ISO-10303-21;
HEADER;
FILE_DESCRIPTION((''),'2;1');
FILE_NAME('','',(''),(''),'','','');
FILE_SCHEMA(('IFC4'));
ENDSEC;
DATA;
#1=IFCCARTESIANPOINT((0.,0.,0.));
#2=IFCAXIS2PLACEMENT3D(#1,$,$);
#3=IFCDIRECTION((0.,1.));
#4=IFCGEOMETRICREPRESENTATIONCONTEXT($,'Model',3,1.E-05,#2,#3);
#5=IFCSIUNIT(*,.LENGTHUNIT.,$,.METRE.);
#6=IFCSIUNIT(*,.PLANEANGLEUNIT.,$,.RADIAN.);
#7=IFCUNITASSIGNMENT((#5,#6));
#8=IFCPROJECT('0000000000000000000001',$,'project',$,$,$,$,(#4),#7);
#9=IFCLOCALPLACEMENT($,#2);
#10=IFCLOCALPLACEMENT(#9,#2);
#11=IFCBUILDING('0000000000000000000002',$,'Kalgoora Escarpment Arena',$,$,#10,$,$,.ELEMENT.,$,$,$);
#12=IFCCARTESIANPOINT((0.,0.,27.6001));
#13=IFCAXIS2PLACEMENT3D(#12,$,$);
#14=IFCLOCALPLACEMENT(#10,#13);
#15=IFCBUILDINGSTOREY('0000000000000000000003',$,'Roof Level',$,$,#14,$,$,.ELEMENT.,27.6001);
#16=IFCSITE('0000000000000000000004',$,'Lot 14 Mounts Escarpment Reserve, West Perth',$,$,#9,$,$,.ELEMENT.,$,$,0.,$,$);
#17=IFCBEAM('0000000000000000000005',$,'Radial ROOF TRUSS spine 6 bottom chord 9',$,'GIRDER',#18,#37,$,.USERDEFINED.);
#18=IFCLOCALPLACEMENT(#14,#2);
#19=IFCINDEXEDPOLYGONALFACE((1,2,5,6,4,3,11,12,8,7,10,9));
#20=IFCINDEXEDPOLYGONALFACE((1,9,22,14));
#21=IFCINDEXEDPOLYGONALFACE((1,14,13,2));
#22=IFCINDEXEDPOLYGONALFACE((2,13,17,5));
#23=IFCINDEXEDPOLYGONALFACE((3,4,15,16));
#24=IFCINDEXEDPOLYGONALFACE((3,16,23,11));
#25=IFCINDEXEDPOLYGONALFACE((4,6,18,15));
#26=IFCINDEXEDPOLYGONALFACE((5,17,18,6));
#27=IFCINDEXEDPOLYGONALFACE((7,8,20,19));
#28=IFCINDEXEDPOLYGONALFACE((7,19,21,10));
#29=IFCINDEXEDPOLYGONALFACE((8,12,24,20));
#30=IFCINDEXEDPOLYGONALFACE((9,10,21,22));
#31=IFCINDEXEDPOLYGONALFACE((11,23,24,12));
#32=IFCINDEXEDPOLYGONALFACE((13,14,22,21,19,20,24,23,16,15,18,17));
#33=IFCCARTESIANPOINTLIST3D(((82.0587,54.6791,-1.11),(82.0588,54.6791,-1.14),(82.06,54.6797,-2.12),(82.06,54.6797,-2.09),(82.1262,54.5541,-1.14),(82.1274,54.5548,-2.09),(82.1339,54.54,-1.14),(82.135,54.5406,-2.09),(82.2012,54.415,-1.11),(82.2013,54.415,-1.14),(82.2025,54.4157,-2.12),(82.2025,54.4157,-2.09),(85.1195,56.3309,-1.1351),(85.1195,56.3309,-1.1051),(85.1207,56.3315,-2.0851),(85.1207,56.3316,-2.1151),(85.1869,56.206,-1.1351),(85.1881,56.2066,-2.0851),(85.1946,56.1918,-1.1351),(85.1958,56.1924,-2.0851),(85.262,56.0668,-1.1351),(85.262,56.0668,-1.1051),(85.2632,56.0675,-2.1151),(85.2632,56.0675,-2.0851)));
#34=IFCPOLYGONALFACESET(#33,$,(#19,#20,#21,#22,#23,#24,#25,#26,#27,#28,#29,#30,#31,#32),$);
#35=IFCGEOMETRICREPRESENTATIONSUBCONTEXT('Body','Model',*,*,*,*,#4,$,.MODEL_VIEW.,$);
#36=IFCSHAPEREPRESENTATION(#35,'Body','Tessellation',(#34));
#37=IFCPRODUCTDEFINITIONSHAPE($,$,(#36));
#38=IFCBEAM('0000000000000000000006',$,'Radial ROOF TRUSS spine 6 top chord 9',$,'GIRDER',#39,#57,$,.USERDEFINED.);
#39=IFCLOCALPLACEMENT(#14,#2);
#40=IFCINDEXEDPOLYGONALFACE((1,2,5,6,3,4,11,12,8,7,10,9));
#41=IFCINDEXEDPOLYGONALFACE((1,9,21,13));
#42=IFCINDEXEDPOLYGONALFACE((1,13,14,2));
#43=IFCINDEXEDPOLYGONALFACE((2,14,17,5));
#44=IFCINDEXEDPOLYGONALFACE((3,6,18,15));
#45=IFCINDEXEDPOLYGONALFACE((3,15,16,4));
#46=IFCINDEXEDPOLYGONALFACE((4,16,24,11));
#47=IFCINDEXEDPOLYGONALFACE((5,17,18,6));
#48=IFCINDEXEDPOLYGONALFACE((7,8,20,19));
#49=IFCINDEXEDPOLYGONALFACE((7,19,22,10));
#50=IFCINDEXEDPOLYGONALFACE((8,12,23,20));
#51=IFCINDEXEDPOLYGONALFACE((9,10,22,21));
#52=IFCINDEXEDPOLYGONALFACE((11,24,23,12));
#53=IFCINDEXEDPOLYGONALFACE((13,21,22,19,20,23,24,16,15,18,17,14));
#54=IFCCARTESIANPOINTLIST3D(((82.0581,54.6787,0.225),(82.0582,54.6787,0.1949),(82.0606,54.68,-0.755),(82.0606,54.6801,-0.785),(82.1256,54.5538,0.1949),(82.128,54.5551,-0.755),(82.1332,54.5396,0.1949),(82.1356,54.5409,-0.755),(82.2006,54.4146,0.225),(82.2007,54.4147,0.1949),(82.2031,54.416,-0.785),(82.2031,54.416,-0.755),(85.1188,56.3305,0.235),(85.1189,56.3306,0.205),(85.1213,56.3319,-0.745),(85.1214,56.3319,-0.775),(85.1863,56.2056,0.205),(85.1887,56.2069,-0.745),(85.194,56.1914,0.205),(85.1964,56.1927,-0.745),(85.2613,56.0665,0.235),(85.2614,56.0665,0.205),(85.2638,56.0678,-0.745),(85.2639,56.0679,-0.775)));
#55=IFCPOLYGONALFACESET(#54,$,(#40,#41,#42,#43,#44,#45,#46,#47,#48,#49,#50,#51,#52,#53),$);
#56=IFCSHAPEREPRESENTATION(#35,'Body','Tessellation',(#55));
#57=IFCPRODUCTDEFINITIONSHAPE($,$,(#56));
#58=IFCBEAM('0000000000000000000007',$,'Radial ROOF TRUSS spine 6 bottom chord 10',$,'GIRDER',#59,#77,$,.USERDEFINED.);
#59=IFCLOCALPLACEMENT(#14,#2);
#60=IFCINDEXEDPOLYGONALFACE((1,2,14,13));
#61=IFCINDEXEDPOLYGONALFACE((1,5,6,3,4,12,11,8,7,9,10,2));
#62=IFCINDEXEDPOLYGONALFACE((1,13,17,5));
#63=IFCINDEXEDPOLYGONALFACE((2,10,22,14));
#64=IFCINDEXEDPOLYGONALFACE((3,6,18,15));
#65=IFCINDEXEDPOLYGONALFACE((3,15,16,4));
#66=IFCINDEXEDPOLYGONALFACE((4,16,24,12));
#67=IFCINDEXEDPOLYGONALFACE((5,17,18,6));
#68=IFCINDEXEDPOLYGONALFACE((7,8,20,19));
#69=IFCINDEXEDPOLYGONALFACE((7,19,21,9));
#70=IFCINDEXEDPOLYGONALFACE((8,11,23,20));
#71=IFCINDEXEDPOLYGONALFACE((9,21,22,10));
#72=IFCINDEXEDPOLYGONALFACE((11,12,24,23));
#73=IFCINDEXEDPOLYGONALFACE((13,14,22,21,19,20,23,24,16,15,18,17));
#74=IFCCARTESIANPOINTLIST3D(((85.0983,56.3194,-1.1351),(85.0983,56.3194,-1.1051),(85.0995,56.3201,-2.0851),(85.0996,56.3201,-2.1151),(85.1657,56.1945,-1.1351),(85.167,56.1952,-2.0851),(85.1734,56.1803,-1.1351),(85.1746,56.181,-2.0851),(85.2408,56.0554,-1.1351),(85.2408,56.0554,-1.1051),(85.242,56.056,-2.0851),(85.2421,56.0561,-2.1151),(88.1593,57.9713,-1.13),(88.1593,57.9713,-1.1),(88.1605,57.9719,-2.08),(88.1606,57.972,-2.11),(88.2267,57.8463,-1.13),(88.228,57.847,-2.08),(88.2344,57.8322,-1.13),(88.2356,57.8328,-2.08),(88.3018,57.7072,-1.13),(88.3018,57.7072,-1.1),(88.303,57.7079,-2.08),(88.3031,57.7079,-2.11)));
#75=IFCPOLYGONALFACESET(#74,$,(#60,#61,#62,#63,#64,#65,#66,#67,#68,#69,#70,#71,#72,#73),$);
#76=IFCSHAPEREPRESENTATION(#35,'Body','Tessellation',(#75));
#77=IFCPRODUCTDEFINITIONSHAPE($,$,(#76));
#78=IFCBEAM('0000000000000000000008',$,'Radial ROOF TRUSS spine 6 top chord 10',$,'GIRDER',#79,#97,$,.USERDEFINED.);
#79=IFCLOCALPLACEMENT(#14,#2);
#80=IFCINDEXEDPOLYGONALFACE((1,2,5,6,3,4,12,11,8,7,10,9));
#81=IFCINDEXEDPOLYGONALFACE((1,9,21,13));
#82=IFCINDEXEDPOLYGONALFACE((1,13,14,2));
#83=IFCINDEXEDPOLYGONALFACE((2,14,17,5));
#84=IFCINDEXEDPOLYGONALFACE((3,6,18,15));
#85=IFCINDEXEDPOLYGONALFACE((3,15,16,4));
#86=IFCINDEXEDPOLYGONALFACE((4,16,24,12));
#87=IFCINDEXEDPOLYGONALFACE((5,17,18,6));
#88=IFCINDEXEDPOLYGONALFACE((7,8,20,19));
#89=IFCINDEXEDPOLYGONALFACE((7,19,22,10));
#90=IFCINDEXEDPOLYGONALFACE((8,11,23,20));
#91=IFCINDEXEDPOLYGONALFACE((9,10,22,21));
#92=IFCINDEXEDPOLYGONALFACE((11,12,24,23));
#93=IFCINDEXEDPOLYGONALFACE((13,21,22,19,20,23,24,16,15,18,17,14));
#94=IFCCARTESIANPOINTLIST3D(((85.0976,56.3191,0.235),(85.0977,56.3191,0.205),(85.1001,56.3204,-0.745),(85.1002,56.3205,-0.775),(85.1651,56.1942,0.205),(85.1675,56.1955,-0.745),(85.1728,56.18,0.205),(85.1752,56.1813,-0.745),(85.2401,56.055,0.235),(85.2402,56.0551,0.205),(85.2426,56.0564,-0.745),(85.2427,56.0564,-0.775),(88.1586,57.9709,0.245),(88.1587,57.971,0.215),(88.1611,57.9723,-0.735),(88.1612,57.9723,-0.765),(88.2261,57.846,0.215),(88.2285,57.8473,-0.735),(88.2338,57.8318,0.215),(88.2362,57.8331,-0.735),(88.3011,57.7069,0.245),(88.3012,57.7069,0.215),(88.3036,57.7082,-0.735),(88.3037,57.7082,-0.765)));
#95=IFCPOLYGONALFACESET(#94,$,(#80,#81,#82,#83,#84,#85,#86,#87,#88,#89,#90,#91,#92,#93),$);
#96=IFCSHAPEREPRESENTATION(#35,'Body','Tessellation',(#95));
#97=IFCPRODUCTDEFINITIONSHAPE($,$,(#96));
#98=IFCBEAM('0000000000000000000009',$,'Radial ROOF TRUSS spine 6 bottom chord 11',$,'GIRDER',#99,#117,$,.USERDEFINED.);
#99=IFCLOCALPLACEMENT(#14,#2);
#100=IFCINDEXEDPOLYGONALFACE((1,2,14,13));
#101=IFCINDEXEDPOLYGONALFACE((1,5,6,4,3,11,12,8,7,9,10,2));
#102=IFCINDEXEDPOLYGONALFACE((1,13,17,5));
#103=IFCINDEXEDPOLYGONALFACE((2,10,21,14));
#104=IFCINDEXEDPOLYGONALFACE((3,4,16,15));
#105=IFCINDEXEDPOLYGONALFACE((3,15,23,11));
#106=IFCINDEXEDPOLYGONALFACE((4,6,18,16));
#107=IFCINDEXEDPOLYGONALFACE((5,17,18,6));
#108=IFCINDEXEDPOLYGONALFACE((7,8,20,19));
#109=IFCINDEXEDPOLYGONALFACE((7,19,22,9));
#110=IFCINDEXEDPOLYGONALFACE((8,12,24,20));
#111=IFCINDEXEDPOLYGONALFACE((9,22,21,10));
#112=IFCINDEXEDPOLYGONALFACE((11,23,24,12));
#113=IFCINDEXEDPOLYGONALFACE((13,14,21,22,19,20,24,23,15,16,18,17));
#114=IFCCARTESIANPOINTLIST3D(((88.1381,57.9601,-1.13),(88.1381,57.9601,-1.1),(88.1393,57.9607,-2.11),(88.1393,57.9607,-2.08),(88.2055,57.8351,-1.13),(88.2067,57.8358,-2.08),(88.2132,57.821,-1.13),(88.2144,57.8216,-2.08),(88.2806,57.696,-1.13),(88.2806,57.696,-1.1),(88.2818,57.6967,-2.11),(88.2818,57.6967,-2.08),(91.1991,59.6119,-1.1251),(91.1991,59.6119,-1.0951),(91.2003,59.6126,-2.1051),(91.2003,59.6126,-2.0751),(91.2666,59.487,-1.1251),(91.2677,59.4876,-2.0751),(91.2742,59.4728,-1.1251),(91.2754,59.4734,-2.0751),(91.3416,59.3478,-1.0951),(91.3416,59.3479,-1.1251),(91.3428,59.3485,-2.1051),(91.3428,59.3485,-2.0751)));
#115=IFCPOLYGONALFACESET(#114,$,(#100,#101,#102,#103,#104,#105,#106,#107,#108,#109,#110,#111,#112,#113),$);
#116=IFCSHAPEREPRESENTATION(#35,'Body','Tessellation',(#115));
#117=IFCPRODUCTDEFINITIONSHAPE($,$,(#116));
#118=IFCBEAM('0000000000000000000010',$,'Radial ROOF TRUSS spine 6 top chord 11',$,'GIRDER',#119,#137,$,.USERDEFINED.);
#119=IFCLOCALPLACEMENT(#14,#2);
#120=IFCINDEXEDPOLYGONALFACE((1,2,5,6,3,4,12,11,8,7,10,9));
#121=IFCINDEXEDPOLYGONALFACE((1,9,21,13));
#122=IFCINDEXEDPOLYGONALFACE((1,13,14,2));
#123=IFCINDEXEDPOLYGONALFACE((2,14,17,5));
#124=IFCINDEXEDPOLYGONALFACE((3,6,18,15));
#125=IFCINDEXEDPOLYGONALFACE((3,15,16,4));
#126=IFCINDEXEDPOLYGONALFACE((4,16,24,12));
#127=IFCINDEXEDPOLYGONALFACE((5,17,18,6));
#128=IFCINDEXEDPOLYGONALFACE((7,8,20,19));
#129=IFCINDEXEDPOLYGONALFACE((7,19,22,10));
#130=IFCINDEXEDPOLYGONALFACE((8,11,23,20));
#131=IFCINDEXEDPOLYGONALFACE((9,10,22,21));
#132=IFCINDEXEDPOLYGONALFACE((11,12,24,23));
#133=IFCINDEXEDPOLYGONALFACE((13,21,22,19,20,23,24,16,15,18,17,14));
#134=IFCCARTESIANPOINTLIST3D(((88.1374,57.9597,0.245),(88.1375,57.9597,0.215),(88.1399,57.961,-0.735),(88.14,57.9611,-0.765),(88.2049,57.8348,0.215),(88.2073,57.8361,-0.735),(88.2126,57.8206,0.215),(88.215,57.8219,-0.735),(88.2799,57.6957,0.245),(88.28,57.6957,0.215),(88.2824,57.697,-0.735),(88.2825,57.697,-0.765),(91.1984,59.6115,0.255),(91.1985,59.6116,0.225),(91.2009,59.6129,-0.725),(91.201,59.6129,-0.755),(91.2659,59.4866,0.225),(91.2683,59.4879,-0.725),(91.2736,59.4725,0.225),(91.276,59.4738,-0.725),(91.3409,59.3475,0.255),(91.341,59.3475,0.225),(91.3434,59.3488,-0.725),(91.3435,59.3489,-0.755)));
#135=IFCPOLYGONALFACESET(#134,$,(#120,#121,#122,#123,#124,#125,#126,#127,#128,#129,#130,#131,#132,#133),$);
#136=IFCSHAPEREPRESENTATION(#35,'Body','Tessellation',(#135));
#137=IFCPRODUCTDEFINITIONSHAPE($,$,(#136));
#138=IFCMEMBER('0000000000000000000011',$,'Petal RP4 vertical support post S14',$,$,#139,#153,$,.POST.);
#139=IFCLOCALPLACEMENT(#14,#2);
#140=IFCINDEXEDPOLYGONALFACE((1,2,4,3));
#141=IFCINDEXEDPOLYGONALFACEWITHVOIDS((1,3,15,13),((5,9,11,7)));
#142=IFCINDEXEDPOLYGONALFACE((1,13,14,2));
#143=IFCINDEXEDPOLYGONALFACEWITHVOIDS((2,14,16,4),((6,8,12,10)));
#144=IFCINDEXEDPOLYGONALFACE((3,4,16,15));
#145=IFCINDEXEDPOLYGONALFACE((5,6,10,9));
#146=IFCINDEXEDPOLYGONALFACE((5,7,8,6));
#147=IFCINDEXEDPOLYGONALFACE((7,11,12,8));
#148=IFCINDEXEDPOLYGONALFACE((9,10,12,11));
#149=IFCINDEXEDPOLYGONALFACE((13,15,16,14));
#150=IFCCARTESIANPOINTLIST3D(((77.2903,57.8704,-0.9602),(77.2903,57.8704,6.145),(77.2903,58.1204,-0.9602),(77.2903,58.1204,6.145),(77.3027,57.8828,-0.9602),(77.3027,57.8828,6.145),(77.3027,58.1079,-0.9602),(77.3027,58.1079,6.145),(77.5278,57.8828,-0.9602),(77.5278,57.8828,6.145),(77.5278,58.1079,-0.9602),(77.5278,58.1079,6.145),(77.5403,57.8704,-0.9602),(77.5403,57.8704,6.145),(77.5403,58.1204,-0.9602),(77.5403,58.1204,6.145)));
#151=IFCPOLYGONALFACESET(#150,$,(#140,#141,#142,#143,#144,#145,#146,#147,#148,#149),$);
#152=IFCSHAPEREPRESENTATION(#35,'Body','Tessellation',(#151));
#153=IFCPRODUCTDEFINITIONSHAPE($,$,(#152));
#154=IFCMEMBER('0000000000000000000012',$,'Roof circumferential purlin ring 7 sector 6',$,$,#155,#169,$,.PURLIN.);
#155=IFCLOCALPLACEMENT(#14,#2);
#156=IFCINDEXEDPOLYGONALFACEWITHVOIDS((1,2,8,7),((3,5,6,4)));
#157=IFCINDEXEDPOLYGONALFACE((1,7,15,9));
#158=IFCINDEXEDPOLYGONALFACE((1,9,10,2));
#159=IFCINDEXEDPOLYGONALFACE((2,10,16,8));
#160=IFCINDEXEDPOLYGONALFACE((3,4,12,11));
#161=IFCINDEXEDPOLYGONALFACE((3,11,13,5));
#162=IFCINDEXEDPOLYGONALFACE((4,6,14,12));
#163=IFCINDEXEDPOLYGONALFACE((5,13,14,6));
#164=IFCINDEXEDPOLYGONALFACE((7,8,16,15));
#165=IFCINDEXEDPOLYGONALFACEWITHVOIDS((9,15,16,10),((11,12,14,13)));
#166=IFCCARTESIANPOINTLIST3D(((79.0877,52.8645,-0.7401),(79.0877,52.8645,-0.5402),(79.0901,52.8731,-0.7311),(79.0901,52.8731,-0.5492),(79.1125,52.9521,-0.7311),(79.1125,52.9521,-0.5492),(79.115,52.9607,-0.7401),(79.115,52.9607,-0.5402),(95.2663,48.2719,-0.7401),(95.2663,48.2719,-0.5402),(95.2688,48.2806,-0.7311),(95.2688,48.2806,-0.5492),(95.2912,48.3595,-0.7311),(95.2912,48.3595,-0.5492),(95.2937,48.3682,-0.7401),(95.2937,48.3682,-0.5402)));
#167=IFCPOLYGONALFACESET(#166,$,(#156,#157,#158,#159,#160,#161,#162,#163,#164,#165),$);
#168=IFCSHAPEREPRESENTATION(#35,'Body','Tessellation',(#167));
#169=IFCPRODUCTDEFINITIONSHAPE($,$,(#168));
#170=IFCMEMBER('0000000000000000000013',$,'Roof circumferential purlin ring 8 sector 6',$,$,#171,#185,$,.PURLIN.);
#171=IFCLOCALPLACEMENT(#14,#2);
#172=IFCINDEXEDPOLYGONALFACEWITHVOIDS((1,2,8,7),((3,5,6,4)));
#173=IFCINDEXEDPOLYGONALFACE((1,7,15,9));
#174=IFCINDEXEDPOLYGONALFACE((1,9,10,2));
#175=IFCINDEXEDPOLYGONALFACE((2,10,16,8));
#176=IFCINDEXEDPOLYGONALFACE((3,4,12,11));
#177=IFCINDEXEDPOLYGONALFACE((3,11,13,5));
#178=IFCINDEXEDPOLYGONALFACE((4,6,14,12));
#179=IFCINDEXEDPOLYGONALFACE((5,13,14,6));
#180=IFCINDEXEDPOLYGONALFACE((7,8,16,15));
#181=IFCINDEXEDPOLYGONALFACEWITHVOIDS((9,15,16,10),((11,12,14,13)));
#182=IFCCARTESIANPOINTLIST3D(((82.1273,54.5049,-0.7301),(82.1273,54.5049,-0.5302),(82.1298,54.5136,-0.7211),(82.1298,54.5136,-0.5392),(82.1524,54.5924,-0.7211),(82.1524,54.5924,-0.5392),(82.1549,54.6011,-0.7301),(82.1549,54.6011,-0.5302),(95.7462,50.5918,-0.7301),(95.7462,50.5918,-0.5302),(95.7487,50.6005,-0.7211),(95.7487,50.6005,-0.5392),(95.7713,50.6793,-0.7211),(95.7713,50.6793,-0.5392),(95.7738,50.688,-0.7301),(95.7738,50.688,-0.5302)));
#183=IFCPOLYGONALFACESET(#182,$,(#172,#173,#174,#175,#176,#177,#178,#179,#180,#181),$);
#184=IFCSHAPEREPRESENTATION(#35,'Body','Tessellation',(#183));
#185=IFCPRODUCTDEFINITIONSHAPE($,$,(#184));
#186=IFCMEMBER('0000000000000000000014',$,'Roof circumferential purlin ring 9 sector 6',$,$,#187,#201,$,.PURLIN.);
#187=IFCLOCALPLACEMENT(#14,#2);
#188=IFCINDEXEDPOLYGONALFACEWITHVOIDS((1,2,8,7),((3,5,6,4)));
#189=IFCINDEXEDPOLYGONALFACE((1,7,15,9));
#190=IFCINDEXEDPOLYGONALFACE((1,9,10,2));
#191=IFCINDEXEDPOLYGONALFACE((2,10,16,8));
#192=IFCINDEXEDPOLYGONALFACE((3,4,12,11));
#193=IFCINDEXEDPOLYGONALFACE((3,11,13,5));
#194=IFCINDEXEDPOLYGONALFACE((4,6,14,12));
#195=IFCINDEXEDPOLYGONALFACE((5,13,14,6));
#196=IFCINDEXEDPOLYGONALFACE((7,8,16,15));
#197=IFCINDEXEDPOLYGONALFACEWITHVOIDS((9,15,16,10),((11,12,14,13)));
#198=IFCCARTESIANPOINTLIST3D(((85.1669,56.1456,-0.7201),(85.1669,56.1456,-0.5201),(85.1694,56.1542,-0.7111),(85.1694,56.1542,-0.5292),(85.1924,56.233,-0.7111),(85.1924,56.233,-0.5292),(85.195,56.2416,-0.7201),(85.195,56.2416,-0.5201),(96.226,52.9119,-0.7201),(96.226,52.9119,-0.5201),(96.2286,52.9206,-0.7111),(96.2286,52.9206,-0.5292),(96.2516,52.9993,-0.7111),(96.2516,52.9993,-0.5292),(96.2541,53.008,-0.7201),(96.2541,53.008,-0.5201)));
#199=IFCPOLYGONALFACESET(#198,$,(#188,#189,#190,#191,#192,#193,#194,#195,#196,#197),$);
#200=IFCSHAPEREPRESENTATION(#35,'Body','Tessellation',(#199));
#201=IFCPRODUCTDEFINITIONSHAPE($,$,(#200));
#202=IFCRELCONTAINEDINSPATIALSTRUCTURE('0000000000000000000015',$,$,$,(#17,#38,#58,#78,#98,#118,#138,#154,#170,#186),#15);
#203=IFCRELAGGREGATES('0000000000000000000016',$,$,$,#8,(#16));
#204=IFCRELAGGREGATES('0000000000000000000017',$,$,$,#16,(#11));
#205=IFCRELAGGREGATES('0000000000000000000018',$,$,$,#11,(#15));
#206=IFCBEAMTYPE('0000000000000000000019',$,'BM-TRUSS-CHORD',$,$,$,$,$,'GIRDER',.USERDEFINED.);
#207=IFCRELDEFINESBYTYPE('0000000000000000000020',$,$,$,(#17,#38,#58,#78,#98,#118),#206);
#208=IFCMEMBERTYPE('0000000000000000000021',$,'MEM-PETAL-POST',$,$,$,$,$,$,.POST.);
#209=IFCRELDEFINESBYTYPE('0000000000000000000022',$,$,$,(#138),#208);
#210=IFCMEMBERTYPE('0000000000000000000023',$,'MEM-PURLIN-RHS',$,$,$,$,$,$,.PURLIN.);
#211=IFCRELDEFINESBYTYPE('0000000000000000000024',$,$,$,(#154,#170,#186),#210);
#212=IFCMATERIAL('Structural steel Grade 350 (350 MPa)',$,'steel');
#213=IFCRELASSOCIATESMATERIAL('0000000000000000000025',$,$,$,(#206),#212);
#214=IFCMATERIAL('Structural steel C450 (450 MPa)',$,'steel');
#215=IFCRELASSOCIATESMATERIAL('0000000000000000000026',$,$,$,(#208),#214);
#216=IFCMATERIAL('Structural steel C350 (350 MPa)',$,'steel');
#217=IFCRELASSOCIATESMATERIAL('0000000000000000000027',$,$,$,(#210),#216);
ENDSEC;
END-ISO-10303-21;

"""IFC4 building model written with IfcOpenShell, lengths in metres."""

from ifc_helpers import new_model, si_unit, direction, frame, origin, origin_2d, place, context, subcontext, project, spatial, hollow_rectangle, i_section, extrude, material, material_profile, profile_set, type_object, element, save


model = new_model("IFC4")

# Units and contexts
model_context = context("Model", 3, precision=1e-05, world=origin(), true_north=direction((0.0, 1.0)))
body_context = subcontext(model_context, "Body", "Model", "MODEL_VIEW")
ifc_project = project(units=[si_unit("LENGTHUNIT", "METRE"), si_unit("PLANEANGLEUNIT", "RADIAN")], contexts=[model_context])

# Site, building, storey
site_placement = place(None, origin())
site = spatial("IfcSite", under=ifc_project, at=site_placement, Name="Lot 14 Mounts Escarpment Reserve, West Perth", CompositionType="ELEMENT", RefElevation=0.0)
building_placement = place(site_placement, origin())
building = spatial("IfcBuilding", under=site, at=building_placement, Name="Kalgoora Escarpment Arena", CompositionType="ELEMENT")
storey_placement = place(building_placement, frame((0.0, 0.0, 27.6001)))
storey = spatial("IfcBuildingStorey", under=building, at=storey_placement, Name="Roof Level", CompositionType="ELEMENT", Elevation=27.6001)

# Beams
ifc_material_1 = material(Name="Structural steel Grade 350 (350 MPa)", Category="steel")
ifc_material_profile_1 = material_profile(ifc_material_1, i_section(OverallWidth=0.3, OverallDepth=1.01, WebThickness=0.0161, FlangeThickness=0.03, at=origin_2d()))
ifc_profile_set_1 = profile_set([ifc_material_profile_1], Name="Structural steel Grade 350 (350 MPa)")
beam_type = type_object("IfcBeamType", Name="BM-TRUSS-CHORD", ElementType="GIRDER", PredefinedType="USERDEFINED", material=ifc_profile_set_1)
for number, where, z_axis, x_axis, name in (
    (1, (82.1306, 54.5474, -1.615), (0.880021, 0.474932, 0.001404), (-0.474933, 0.880022, 0.0), "Radial ROOF TRUSS spine 6 bottom chord 9"),
    (2, (82.1306, 54.5474, -0.28), (0.880019, 0.474931, 0.002878), (-0.474933, 0.880022, 0.0), "Radial ROOF TRUSS spine 6 top chord 9"),
):
    element("IfcBeam", number, at=place(storey_placement, frame(where, z_axis=z_axis, x_axis=x_axis)), inside=storey, type_object=beam_type, Name=name, ObjectType="GIRDER", PredefinedType="USERDEFINED", context=body_context, shape_type="SweptSolid", body=[
        extrude(i_section(OverallWidth=0.3, OverallDepth=1.01, WebThickness=0.0161, FlangeThickness=0.03, at=origin_2d()), origin(), (0.0, 0.0, 1.0), 3.478),
    ])
for number, where, z_axis, x_axis, name in (
    (3, (85.1702, 56.1877, -1.6101), (0.880037, 0.474903, 0.001474), (-0.474903, 0.880038, 0.0), "Radial ROOF TRUSS spine 6 bottom chord 10"),
    (4, (85.1702, 56.1877, -0.27), (0.880034, 0.474901, 0.002878), (-0.474903, 0.880038, 0.0), "Radial ROOF TRUSS spine 6 top chord 10"),
    (5, (88.21, 57.8284, -1.605), (0.880037, 0.474903, 0.001404), (-0.474903, 0.880038, 0.0), "Radial ROOF TRUSS spine 6 bottom chord 11"),
    (6, (88.21, 57.8284, -0.26), (0.880034, 0.474901, 0.002878), (-0.474903, 0.880038, 0.0), "Radial ROOF TRUSS spine 6 top chord 11"),
):
    element("IfcBeam", number, at=place(storey_placement, frame(where, z_axis=z_axis, x_axis=x_axis)), inside=storey, type_object=beam_type, Name=name, ObjectType="GIRDER", PredefinedType="USERDEFINED", context=body_context, shape_type="SweptSolid", body=[
        extrude(i_section(OverallWidth=0.3, OverallDepth=1.01, WebThickness=0.0161, FlangeThickness=0.03, at=origin_2d()), origin(), (0.0, 0.0, 1.0), 3.4783),
    ])

# Members
ifc_material_2 = material(Name="Structural steel C450 (450 MPa)", Category="steel")
ifc_material_profile_2 = material_profile(ifc_material_2, hollow_rectangle(XDim=0.25, YDim=0.25, WallThickness=0.0125, at=origin_2d()))
ifc_profile_set_2 = profile_set([ifc_material_profile_2], Name="Structural steel C450 (450 MPa)")
member_type_1 = type_object("IfcMemberType", Name="MEM-PETAL-POST", PredefinedType="POST", material=ifc_profile_set_2)
member_1_placement = place(storey_placement, frame((77.4153, 57.9954, -0.9602), z_axis=(0.0, 0.0, 1.0), x_axis=(1.0, 0.0, 0.0)))
element("IfcMember", 7, at=member_1_placement, inside=storey, type_object=member_type_1, Name="Petal RP4 vertical support post S14", PredefinedType="POST", context=body_context, shape_type="SweptSolid", body=[
    extrude(hollow_rectangle(XDim=0.25, YDim=0.25, WallThickness=0.0125, at=origin_2d()), origin(), (0.0, 0.0, 1.0), 7.1052),
])
ifc_material_3 = material(Name="Structural steel C350 (350 MPa)", Category="steel")
ifc_material_profile_3 = material_profile(ifc_material_3, hollow_rectangle(XDim=0.1001, YDim=0.2, WallThickness=0.009, at=origin_2d()))
ifc_profile_set_3 = profile_set([ifc_material_profile_3], Name="Structural steel C350 (350 MPa)")
member_type_2 = type_object("IfcMemberType", Name="MEM-PURLIN-RHS", PredefinedType="PURLIN", material=ifc_profile_set_3)
member_2_placement = place(storey_placement, frame((79.1013, 52.9126, -0.6401), z_axis=(0.961993, -0.273074, 0.0), x_axis=(0.273074, 0.961993, 0.0)))
element("IfcMember", 8, at=member_2_placement, inside=storey, type_object=member_type_2, Name="Roof circumferential purlin ring 7 sector 6", PredefinedType="PURLIN", context=body_context, shape_type="SweptSolid", body=[
    extrude(hollow_rectangle(XDim=0.1001, YDim=0.2, WallThickness=0.009, at=origin_2d()), origin(), (0.0, 0.0, 1.0), 16.8179),
])
member_3_placement = place(storey_placement, frame((82.1411, 54.553, -0.6301), z_axis=(0.961113, -0.276154, 0.0), x_axis=(0.276154, 0.961113, 0.0)))
element("IfcMember", 9, at=member_3_placement, inside=storey, type_object=member_type_2, Name="Roof circumferential purlin ring 8 sector 6", PredefinedType="PURLIN", context=body_context, shape_type="SweptSolid", body=[
    extrude(hollow_rectangle(XDim=0.1001, YDim=0.2, WallThickness=0.009, at=origin_2d()), origin(), (0.0, 0.0, 1.0), 14.1699),
])
member_4_placement = place(storey_placement, frame((85.1809, 56.1936, -0.6201), z_axis=(0.959811, -0.280646, 0.0), x_axis=(0.280646, 0.959811, 0.0)))
element("IfcMember", 10, at=member_4_placement, inside=storey, type_object=member_type_2, Name="Roof circumferential purlin ring 9 sector 6", PredefinedType="PURLIN", context=body_context, shape_type="SweptSolid", body=[
    extrude(hollow_rectangle(XDim=0.1001, YDim=0.2, WallThickness=0.009, at=origin_2d()), origin(), (0.0, 0.0, 1.0), 11.5222),
])

save(model, "model.ifc")
